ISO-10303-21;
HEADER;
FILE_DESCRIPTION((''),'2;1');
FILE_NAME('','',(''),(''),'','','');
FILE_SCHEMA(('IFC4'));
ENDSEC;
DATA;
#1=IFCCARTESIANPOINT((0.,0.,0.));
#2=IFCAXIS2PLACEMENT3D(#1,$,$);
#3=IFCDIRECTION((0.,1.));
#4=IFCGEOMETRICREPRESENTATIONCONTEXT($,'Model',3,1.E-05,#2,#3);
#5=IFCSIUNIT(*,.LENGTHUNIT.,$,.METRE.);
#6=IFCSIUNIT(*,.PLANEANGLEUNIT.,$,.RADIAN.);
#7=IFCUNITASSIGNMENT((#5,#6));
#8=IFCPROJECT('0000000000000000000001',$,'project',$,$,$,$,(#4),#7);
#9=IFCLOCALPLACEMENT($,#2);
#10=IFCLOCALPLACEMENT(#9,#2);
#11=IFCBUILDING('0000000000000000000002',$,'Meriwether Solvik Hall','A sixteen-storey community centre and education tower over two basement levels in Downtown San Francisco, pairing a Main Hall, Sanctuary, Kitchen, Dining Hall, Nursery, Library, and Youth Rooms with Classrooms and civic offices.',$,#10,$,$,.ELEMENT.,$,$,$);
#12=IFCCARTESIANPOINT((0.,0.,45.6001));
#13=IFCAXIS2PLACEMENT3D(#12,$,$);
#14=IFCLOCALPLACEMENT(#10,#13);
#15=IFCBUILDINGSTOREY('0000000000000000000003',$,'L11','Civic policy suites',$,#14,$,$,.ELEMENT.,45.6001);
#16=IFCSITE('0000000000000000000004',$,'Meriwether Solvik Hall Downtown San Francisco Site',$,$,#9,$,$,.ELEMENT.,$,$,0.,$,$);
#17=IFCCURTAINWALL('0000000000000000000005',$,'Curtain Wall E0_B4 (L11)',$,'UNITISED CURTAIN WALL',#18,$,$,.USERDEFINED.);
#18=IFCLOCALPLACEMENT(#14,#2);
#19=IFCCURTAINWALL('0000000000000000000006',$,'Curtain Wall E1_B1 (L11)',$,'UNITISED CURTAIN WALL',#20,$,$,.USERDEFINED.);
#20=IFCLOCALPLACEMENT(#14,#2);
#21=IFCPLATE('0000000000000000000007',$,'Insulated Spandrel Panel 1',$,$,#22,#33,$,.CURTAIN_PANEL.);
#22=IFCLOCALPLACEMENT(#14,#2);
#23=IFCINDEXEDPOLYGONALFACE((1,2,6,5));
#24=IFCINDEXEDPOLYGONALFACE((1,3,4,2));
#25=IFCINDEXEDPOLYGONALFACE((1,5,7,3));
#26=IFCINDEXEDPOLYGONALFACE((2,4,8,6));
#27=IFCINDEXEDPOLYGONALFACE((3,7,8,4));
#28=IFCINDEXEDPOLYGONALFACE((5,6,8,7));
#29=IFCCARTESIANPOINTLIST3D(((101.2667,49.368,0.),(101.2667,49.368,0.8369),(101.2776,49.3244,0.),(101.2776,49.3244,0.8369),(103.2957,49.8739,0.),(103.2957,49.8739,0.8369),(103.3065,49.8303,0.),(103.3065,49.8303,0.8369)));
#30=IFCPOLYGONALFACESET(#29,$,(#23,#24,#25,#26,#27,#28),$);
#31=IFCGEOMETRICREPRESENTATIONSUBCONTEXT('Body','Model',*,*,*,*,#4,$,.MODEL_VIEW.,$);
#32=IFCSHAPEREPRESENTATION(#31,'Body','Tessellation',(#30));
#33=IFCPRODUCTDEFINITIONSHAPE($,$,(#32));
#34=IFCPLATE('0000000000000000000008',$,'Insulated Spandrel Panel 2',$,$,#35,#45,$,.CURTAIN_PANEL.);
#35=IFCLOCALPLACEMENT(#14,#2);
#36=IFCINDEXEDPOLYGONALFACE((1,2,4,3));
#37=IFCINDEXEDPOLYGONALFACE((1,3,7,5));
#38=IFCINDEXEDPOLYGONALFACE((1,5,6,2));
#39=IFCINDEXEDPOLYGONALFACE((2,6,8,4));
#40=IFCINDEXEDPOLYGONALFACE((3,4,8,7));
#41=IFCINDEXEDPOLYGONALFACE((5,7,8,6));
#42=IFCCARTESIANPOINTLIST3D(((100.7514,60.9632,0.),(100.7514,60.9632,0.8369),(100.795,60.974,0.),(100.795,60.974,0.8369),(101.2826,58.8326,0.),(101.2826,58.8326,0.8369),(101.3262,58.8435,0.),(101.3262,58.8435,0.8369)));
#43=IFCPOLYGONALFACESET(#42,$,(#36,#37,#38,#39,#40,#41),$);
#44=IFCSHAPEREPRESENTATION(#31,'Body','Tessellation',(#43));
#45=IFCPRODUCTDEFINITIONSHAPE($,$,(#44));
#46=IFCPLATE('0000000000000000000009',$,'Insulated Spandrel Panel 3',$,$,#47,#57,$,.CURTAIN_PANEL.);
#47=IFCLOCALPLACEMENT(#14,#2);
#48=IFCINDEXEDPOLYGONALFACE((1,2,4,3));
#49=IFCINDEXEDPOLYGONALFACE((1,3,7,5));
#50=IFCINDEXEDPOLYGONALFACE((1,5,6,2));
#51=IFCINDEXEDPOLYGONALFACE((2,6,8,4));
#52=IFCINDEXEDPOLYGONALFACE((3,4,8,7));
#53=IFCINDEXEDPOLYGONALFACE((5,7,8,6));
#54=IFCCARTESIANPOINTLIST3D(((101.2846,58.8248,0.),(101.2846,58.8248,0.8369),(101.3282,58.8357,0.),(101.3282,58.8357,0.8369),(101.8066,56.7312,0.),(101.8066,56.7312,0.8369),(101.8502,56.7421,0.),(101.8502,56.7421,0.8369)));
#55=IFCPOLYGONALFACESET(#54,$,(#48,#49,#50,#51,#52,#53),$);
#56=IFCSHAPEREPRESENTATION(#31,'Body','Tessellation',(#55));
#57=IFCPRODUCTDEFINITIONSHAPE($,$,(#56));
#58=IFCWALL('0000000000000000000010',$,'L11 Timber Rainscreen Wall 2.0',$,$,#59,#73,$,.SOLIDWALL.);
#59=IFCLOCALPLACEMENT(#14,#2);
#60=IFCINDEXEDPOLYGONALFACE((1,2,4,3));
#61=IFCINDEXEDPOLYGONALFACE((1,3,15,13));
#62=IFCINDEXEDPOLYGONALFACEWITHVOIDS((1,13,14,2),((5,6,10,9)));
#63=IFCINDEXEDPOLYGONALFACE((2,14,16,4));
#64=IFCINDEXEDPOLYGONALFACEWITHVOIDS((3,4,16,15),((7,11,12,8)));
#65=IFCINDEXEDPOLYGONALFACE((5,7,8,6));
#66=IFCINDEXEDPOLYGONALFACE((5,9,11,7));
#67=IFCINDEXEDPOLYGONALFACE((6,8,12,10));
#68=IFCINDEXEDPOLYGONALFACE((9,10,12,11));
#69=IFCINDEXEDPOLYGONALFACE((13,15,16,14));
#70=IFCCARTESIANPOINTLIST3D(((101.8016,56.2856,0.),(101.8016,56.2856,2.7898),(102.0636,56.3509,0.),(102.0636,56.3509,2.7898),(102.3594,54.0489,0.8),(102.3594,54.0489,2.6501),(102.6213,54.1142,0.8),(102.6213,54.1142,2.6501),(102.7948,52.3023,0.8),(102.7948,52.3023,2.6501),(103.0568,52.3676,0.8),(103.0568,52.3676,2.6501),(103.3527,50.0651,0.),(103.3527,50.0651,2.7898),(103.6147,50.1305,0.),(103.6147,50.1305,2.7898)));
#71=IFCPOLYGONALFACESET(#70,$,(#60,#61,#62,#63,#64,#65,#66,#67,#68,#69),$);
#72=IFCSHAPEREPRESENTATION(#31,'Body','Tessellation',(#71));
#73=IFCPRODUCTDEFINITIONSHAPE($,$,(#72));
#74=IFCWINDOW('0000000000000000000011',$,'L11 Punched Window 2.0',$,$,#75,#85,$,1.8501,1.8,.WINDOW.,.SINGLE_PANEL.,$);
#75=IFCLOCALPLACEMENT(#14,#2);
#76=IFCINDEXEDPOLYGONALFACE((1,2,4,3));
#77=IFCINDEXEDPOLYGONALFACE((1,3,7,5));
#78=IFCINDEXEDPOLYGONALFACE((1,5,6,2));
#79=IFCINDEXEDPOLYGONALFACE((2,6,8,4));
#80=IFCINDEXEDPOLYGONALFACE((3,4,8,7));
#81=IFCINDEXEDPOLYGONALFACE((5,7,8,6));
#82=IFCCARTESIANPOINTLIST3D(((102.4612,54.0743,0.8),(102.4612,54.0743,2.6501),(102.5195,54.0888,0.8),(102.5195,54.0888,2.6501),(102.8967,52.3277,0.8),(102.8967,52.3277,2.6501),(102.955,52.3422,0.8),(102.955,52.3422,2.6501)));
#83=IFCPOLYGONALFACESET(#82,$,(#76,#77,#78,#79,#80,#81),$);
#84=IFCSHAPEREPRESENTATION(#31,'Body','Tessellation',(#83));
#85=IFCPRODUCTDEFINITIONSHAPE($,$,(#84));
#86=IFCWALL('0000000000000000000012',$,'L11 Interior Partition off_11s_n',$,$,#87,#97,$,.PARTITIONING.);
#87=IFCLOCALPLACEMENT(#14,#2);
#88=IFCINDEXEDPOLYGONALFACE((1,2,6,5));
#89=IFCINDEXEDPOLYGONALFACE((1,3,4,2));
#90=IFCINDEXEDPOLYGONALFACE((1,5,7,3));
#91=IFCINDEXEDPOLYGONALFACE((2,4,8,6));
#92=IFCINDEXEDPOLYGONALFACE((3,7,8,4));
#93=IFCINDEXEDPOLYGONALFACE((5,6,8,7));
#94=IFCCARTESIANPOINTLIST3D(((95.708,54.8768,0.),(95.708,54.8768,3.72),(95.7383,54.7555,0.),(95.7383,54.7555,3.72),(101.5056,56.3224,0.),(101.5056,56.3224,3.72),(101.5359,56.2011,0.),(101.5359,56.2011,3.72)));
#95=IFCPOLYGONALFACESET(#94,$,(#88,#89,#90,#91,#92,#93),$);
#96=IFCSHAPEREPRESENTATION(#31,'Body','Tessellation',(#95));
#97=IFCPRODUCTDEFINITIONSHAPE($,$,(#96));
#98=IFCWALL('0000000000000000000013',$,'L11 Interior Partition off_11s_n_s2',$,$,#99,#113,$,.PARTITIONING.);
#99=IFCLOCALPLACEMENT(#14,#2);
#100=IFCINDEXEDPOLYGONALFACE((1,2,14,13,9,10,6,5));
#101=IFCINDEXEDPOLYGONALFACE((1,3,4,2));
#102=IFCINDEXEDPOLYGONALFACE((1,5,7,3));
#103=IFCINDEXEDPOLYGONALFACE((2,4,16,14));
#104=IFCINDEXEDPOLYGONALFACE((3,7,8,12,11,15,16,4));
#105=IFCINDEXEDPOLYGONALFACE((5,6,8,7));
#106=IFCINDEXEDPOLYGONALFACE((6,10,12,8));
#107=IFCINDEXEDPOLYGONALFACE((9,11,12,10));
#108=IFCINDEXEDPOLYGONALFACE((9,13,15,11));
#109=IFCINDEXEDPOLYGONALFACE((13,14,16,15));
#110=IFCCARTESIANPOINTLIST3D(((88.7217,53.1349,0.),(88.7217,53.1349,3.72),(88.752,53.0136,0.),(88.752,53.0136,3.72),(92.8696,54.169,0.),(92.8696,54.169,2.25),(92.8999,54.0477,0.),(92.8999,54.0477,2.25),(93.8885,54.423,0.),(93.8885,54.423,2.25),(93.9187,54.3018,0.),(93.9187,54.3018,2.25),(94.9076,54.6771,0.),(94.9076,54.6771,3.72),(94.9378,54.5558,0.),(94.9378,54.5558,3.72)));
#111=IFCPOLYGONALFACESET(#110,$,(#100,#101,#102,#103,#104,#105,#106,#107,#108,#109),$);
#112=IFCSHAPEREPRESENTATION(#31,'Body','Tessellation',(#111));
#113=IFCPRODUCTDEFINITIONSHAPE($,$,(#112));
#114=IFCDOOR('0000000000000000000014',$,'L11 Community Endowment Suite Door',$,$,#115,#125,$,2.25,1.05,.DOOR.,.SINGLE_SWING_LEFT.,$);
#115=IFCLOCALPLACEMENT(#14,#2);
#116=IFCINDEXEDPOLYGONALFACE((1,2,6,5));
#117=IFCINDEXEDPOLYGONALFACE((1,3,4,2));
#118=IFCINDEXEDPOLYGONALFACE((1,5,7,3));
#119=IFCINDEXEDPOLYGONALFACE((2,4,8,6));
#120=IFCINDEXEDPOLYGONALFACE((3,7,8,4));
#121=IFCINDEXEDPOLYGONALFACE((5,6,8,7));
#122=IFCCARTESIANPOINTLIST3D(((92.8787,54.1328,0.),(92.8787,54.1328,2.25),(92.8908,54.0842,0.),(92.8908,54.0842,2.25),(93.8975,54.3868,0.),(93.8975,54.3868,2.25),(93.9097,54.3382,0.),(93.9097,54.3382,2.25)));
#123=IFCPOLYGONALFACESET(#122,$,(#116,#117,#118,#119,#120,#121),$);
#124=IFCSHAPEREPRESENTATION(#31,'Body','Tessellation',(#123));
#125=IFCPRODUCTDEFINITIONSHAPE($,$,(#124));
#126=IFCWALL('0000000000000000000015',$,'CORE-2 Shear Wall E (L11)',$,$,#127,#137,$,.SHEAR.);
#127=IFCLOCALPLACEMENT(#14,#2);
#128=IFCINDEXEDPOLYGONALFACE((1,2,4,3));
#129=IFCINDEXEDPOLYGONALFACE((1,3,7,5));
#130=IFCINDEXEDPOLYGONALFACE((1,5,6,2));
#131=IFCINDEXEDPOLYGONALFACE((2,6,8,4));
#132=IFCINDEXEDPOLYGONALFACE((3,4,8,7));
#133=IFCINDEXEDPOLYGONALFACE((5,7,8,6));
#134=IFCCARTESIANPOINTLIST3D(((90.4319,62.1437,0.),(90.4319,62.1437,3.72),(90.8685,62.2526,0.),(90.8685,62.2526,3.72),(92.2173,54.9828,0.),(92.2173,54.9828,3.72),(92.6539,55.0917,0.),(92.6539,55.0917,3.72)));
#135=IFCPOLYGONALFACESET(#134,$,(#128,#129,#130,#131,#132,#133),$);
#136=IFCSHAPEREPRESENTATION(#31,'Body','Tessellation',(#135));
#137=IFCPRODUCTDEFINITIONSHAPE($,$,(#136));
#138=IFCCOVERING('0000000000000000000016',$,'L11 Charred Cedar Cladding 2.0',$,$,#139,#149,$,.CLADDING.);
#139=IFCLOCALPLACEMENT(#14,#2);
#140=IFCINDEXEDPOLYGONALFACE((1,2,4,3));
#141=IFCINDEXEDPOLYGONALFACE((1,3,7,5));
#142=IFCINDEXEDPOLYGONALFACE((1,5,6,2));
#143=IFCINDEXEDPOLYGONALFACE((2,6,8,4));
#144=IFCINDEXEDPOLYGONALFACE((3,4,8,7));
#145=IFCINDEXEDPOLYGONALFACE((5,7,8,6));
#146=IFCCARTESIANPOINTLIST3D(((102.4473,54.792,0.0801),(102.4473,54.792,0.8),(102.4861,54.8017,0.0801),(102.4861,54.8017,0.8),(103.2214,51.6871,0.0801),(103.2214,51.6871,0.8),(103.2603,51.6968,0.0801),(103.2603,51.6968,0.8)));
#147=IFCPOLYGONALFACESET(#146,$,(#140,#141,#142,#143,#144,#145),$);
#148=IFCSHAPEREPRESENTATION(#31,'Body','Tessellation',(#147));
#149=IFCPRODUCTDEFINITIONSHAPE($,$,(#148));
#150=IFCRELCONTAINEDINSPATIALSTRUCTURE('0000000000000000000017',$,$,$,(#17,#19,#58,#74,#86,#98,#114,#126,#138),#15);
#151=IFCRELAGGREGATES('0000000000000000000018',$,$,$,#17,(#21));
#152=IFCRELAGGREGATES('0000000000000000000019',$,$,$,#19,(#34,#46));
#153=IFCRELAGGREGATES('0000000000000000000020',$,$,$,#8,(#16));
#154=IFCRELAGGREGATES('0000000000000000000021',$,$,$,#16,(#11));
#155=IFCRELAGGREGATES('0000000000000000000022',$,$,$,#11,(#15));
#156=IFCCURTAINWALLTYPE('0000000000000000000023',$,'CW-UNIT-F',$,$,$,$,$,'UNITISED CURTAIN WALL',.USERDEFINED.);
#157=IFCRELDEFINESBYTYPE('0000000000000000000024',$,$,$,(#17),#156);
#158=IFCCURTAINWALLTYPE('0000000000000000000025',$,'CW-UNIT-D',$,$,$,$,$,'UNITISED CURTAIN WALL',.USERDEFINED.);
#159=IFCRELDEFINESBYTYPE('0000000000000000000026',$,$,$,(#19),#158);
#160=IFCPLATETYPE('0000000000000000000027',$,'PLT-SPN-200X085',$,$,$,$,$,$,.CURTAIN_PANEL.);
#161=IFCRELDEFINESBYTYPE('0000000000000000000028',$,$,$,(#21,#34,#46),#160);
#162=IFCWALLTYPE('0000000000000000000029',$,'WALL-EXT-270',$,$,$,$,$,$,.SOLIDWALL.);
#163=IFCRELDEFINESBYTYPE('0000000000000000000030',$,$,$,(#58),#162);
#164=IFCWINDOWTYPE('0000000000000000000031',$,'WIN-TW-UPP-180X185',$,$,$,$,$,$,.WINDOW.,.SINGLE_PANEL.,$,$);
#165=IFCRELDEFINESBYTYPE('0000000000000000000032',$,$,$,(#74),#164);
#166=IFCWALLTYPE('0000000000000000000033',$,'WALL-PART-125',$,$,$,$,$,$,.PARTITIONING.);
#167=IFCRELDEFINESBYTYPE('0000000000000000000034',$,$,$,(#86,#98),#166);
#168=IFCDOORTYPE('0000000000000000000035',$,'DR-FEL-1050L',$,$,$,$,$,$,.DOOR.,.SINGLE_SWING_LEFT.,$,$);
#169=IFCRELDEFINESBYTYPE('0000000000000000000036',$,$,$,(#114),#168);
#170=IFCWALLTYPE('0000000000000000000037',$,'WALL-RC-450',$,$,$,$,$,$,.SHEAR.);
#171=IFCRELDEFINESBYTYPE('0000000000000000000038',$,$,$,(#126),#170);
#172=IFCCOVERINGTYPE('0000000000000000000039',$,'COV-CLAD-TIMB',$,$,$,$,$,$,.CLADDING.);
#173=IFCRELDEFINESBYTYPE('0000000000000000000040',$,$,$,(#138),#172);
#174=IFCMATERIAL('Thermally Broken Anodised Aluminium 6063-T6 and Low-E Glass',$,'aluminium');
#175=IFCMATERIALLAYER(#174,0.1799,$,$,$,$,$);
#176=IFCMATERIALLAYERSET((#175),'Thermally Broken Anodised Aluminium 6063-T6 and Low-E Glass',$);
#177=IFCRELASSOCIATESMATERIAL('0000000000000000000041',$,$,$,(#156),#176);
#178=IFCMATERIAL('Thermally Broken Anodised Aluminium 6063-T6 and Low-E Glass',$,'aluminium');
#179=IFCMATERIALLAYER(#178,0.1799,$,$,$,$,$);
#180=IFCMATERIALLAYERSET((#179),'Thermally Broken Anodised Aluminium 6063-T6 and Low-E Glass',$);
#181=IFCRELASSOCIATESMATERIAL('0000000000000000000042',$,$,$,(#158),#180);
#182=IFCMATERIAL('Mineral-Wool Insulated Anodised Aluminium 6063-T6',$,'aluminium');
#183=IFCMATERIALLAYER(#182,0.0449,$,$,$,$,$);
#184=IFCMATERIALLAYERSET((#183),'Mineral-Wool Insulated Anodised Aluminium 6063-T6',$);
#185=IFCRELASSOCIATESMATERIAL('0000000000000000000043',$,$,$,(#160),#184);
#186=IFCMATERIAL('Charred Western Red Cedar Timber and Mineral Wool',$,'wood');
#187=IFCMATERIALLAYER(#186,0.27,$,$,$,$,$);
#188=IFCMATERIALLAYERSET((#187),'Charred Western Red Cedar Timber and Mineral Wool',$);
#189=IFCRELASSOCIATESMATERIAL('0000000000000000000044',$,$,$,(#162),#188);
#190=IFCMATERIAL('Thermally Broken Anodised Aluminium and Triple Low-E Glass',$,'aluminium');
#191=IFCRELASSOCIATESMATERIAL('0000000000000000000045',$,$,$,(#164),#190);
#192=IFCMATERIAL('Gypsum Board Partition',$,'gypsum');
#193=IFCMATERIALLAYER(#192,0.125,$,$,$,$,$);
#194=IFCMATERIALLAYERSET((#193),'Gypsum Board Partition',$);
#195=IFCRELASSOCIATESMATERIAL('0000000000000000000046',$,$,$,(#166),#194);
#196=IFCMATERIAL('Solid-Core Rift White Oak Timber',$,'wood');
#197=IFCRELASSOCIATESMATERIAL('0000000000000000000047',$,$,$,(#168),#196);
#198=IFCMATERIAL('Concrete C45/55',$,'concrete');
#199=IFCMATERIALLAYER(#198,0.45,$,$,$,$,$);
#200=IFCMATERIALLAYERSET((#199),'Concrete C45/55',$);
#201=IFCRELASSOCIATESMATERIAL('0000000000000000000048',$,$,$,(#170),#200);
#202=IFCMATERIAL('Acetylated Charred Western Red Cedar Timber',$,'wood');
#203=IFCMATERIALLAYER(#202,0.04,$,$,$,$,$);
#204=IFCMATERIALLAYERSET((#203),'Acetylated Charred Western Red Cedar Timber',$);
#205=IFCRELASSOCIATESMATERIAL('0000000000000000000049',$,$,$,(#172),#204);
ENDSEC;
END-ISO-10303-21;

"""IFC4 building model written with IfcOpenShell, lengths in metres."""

from ifc_helpers import new_model, si_unit, direction, frame, frame_2d, origin, origin_2d, place, context, subcontext, project, spatial, rectangle, extrude, material, layer, layer_set, type_object, element, fill, aggregate, save


model = new_model("IFC4")

# Units and contexts
model_context = context("Model", 3, precision=1e-05, world=origin(), true_north=direction((0.0, 1.0)))
body_context = subcontext(model_context, "Body", "Model", "MODEL_VIEW")
ifc_project = project(units=[si_unit("LENGTHUNIT", "METRE"), si_unit("PLANEANGLEUNIT", "RADIAN")], contexts=[model_context])

# Site, building, storey
site_placement = place(None, origin())
site = spatial("IfcSite", under=ifc_project, at=site_placement, Name="Meriwether Solvik Hall Downtown San Francisco Site", CompositionType="ELEMENT", RefElevation=0.0)
building_placement = place(site_placement, origin())
building = spatial("IfcBuilding", under=site, at=building_placement, Name="Meriwether Solvik Hall", Description="A sixteen-storey community centre and education tower over two basement levels in Downtown San Francisco, pairing a Main Hall, Sanctuary, Kitchen, Dining Hall, Nursery, Library, and Youth Rooms with Classrooms and civic offices.", CompositionType="ELEMENT")
storey_placement = place(building_placement, frame((0.0, 0.0, 45.6001)))
storey = spatial("IfcBuildingStorey", under=building, at=storey_placement, Name="L11", Description="Civic policy suites", CompositionType="ELEMENT", Elevation=45.6001)

# Curtain wall
ifc_material_1 = material(Name="Thermally Broken Anodised Aluminium 6063-T6 and Low-E Glass", Category="aluminium")
ifc_layer_1 = layer(ifc_material_1, 0.1799)
ifc_layer_set_1 = layer_set([ifc_layer_1], Name="Thermally Broken Anodised Aluminium 6063-T6 and Low-E Glass")
curtain_wall_type_1 = type_object("IfcCurtainWallType", Name="CW-UNIT-F", ElementType="UNITISED CURTAIN WALL", PredefinedType="USERDEFINED", material=ifc_layer_set_1)
curtain_wall_1_placement = place(storey_placement, origin())
curtain_wall_1 = element("IfcCurtainWall", 1, at=curtain_wall_1_placement, inside=storey, type_object=curtain_wall_type_1, Name="Curtain Wall E0_B4 (L11)", ObjectType="UNITISED CURTAIN WALL", PredefinedType="USERDEFINED")

# Curtain wall
ifc_material_2 = material(Name="Thermally Broken Anodised Aluminium 6063-T6 and Low-E Glass", Category="aluminium")
ifc_layer_2 = layer(ifc_material_2, 0.1799)
ifc_layer_set_2 = layer_set([ifc_layer_2], Name="Thermally Broken Anodised Aluminium 6063-T6 and Low-E Glass")
curtain_wall_type_2 = type_object("IfcCurtainWallType", Name="CW-UNIT-D", ElementType="UNITISED CURTAIN WALL", PredefinedType="USERDEFINED", material=ifc_layer_set_2)
curtain_wall_2_placement = place(storey_placement, origin())
curtain_wall_2 = element("IfcCurtainWall", 2, at=curtain_wall_2_placement, inside=storey, type_object=curtain_wall_type_2, Name="Curtain Wall E1_B1 (L11)", ObjectType="UNITISED CURTAIN WALL", PredefinedType="USERDEFINED")

# Plates
ifc_material_3 = material(Name="Mineral-Wool Insulated Anodised Aluminium 6063-T6", Category="aluminium")
ifc_layer_3 = layer(ifc_material_3, 0.0449)
ifc_layer_set_3 = layer_set([ifc_layer_3], Name="Mineral-Wool Insulated Anodised Aluminium 6063-T6")
plate_type_1 = type_object("IfcPlateType", Name="PLT-SPN-200X085", PredefinedType="CURTAIN_PANEL", material=ifc_layer_set_3)
plate_1_placement = place(storey_placement, frame((102.2866, 49.5991, 0.0), z_axis=(0.0, 0.0, 1.0), x_axis=(-0.970296, -0.241922, 0.0)))
plate_1 = element("IfcPlate", 3, at=plate_1_placement, type_object=plate_type_1, Name="Insulated Spandrel Panel 1", PredefinedType="CURTAIN_PANEL", context=body_context, shape_type="SweptSolid", body=[
    extrude(rectangle(XDim=2.0911, YDim=0.0449, at=origin_2d()), origin(), (0.0, 0.0, 1.0), 0.8369),
])
aggregate(curtain_wall_1, [plate_1])
plate_2_placement = place(storey_placement, frame((101.0388, 59.9033, 0.0), z_axis=(0.0, 0.0, 1.0), x_axis=(0.241922, -0.970296, 0.0)))
plate_2 = element("IfcPlate", 4, at=plate_2_placement, type_object=plate_type_1, Name="Insulated Spandrel Panel 2", PredefinedType="CURTAIN_PANEL", context=body_context, shape_type="SweptSolid", body=[
    extrude(rectangle(XDim=2.1958, YDim=0.0449, at=origin_2d()), origin(), (0.0, 0.0, 1.0), 0.8369),
])
plate_3_placement = place(storey_placement, frame((101.5674, 57.7834, 0.0), z_axis=(0.0, 0.0, 1.0), x_axis=(0.241922, -0.970296, 0.0)))
plate_3 = element("IfcPlate", 5, at=plate_3_placement, type_object=plate_type_1, Name="Insulated Spandrel Panel 3", PredefinedType="CURTAIN_PANEL", context=body_context, shape_type="SweptSolid", body=[
    extrude(rectangle(XDim=2.1577, YDim=0.0449, at=origin_2d()), origin(), (0.0, 0.0, 1.0), 0.8369),
])
aggregate(curtain_wall_2, [plate_2, plate_3])

# Wall, opening, window
ifc_material_4 = material(Name="Charred Western Red Cedar Timber and Mineral Wool", Category="wood")
ifc_layer_4 = layer(ifc_material_4, 0.27)
ifc_layer_set_4 = layer_set([ifc_layer_4], Name="Charred Western Red Cedar Timber and Mineral Wool")
wall_type_1 = type_object("IfcWallType", Name="WALL-EXT-270", PredefinedType="SOLIDWALL", material=ifc_layer_set_4)
wall_1_placement = place(storey_placement, frame((101.9326, 56.3184, 0.0), z_axis=(0.0, 0.0, 1.0), x_axis=(0.241935, -0.970292, 0.0)))
wall_1 = element("IfcWall", 6, at=wall_1_placement, inside=storey, type_object=wall_type_1, Name="L11 Timber Rainscreen Wall 2.0", PredefinedType="SOLIDWALL", context=body_context, shape_type="SweptSolid", body=[
    extrude(rectangle(XDim=6.4109, YDim=0.27, at=frame_2d((3.2056, 0.0))), origin(), (0.0, 0.0, 1.0), 2.7898),
])
opening_1_placement = place(wall_1_placement, frame((2.3054, 0.0, 0.8)))
opening_1 = element("IfcOpeningElement", 7, at=opening_1_placement, cuts=wall_1, PredefinedType="OPENING", context=body_context, shape_type="SweptSolid", body=[
    extrude(rectangle(XDim=1.8, YDim=1.8501, at=frame_2d((0.8999, 0.925))), frame((0.0, 0.147, 0.0), z_axis=(0.0, -1.0, 0.0), x_axis=(1.0, 0.0, 0.0)), (0.0, 0.0, 1.0), 0.2939),
])
ifc_material_5 = material(Name="Thermally Broken Anodised Aluminium and Triple Low-E Glass", Category="aluminium")
window_type = type_object("IfcWindowType", Name="WIN-TW-UPP-180X185", PartitioningType="SINGLE_PANEL", PredefinedType="WINDOW", material=ifc_material_5)
window_placement = place(opening_1_placement, origin())
window = element("IfcWindow", 8, at=window_placement, inside=storey, type_object=window_type, Name="L11 Punched Window 2.0", OverallHeight=1.8501, OverallWidth=1.8, PartitioningType="SINGLE_PANEL", PredefinedType="WINDOW", context=body_context, shape_type="SweptSolid", body=[
    extrude(rectangle(XDim=1.8, YDim=1.8501, at=frame_2d((0.8999, 0.925))), frame((0.0, 0.03, 0.0), z_axis=(0.0, -1.0, 0.0), x_axis=(1.0, 0.0, 0.0)), (0.0, 0.0, 1.0), 0.0601),
])
fill(opening_1, window)

# Wall
ifc_material_6 = material(Name="Gypsum Board Partition", Category="gypsum")
ifc_layer_5 = layer(ifc_material_6, 0.125)
ifc_layer_set_5 = layer_set([ifc_layer_5], Name="Gypsum Board Partition")
wall_type_2 = type_object("IfcWallType", Name="WALL-PART-125", PredefinedType="PARTITIONING", material=ifc_layer_set_5)
wall_2_placement = place(storey_placement, frame((101.5208, 56.2617, 0.0), z_axis=(0.0, 0.0, 1.0), x_axis=(-0.970294, -0.24193, 0.0)))
element("IfcWall", 9, at=wall_2_placement, inside=storey, type_object=wall_type_2, Name="L11 Interior Partition off_11s_n", PredefinedType="PARTITIONING", context=body_context, shape_type="SweptSolid", body=[
    extrude(rectangle(XDim=5.9751, YDim=0.125, at=frame_2d((2.9875, 0.0))), origin(), (0.0, 0.0, 1.0), 3.72),
])

# Wall, opening, door
wall_3_placement = place(storey_placement, frame((94.9226, 54.6165, 0.0), z_axis=(0.0, 0.0, 1.0), x_axis=(-0.970298, -0.241914, 0.0)))
wall_3 = element("IfcWall", 10, at=wall_3_placement, inside=storey, type_object=wall_type_2, Name="L11 Interior Partition off_11s_n_s2", PredefinedType="PARTITIONING", context=body_context, shape_type="SweptSolid", body=[
    extrude(rectangle(XDim=6.3752, YDim=0.125, at=frame_2d((3.1875, 0.0))), origin(), (0.0, 0.0, 1.0), 3.72),
])
opening_2_placement = place(wall_3_placement, frame((1.0503, 0.0, 0.0)))
opening_2 = element("IfcOpeningElement", 11, at=opening_2_placement, cuts=wall_3, PredefinedType="OPENING", context=body_context, shape_type="SweptSolid", body=[
    extrude(rectangle(XDim=1.05, YDim=2.25, at=frame_2d((0.5249, 1.125))), frame((0.0, 0.0745, 0.0), z_axis=(0.0, -1.0, 0.0), x_axis=(1.0, 0.0, 0.0)), (0.0, 0.0, 1.0), 0.1489),
])
ifc_material_7 = material(Name="Solid-Core Rift White Oak Timber", Category="wood")
door_type = type_object("IfcDoorType", Name="DR-FEL-1050L", OperationType="SINGLE_SWING_LEFT", PredefinedType="DOOR", material=ifc_material_7)
door_placement = place(opening_2_placement, origin())
door = element("IfcDoor", 12, at=door_placement, inside=storey, type_object=door_type, Name="L11 Community Endowment Suite Door", OperationType="SINGLE_SWING_LEFT", OverallHeight=2.25, OverallWidth=1.05, PredefinedType="DOOR", context=body_context, shape_type="SweptSolid", body=[
    extrude(rectangle(XDim=1.05, YDim=2.25, at=frame_2d((0.5249, 1.125))), frame((0.0, 0.0249, 0.0), z_axis=(0.0, -1.0, 0.0), x_axis=(1.0, 0.0, 0.0)), (0.0, 0.0, 1.0), 0.05),
])
fill(opening_2, door)

# Wall
ifc_material_8 = material(Name="Concrete C45/55", Category="concrete")
ifc_layer_6 = layer(ifc_material_8, 0.45)
ifc_layer_set_6 = layer_set([ifc_layer_6], Name="Concrete C45/55")
wall_type_3 = type_object("IfcWallType", Name="WALL-RC-450", PredefinedType="SHEAR", material=ifc_layer_set_6)
wall_4_placement = place(storey_placement, frame((92.4355, 55.0374, 0.0), z_axis=(0.0, 0.0, 1.0), x_axis=(-0.241921, 0.970296, 0.0)))
element("IfcWall", 13, at=wall_4_placement, inside=storey, type_object=wall_type_3, Name="CORE-2 Shear Wall E (L11)", PredefinedType="SHEAR", context=body_context, shape_type="SweptSolid", body=[
    extrude(rectangle(XDim=7.3801, YDim=0.45, at=frame_2d((3.6899, 0.0))), origin(), (0.0, 0.0, 1.0), 3.72),
])

# Covering
ifc_material_9 = material(Name="Acetylated Charred Western Red Cedar Timber", Category="wood")
ifc_layer_7 = layer(ifc_material_9, 0.04)
ifc_layer_set_7 = layer_set([ifc_layer_7], Name="Acetylated Charred Western Red Cedar Timber")
covering_type = type_object("IfcCoveringType", Name="COV-CLAD-TIMB", PredefinedType="CLADDING", material=ifc_layer_set_7)
covering_placement = place(storey_placement, frame((102.8538, 53.2444, 0.0801), z_axis=(0.0, 0.0, 1.0), x_axis=(0.241922, -0.970296, 0.0)))
element("IfcCovering", 14, at=covering_placement, inside=storey, type_object=covering_type, Name="L11 Charred Cedar Cladding 2.0", PredefinedType="CLADDING", context=body_context, shape_type="SweptSolid", body=[
    extrude(rectangle(XDim=3.2, YDim=0.04, at=origin_2d()), origin(), (0.0, 0.0, 1.0), 0.72),
])

save(model, "model.ifc")
